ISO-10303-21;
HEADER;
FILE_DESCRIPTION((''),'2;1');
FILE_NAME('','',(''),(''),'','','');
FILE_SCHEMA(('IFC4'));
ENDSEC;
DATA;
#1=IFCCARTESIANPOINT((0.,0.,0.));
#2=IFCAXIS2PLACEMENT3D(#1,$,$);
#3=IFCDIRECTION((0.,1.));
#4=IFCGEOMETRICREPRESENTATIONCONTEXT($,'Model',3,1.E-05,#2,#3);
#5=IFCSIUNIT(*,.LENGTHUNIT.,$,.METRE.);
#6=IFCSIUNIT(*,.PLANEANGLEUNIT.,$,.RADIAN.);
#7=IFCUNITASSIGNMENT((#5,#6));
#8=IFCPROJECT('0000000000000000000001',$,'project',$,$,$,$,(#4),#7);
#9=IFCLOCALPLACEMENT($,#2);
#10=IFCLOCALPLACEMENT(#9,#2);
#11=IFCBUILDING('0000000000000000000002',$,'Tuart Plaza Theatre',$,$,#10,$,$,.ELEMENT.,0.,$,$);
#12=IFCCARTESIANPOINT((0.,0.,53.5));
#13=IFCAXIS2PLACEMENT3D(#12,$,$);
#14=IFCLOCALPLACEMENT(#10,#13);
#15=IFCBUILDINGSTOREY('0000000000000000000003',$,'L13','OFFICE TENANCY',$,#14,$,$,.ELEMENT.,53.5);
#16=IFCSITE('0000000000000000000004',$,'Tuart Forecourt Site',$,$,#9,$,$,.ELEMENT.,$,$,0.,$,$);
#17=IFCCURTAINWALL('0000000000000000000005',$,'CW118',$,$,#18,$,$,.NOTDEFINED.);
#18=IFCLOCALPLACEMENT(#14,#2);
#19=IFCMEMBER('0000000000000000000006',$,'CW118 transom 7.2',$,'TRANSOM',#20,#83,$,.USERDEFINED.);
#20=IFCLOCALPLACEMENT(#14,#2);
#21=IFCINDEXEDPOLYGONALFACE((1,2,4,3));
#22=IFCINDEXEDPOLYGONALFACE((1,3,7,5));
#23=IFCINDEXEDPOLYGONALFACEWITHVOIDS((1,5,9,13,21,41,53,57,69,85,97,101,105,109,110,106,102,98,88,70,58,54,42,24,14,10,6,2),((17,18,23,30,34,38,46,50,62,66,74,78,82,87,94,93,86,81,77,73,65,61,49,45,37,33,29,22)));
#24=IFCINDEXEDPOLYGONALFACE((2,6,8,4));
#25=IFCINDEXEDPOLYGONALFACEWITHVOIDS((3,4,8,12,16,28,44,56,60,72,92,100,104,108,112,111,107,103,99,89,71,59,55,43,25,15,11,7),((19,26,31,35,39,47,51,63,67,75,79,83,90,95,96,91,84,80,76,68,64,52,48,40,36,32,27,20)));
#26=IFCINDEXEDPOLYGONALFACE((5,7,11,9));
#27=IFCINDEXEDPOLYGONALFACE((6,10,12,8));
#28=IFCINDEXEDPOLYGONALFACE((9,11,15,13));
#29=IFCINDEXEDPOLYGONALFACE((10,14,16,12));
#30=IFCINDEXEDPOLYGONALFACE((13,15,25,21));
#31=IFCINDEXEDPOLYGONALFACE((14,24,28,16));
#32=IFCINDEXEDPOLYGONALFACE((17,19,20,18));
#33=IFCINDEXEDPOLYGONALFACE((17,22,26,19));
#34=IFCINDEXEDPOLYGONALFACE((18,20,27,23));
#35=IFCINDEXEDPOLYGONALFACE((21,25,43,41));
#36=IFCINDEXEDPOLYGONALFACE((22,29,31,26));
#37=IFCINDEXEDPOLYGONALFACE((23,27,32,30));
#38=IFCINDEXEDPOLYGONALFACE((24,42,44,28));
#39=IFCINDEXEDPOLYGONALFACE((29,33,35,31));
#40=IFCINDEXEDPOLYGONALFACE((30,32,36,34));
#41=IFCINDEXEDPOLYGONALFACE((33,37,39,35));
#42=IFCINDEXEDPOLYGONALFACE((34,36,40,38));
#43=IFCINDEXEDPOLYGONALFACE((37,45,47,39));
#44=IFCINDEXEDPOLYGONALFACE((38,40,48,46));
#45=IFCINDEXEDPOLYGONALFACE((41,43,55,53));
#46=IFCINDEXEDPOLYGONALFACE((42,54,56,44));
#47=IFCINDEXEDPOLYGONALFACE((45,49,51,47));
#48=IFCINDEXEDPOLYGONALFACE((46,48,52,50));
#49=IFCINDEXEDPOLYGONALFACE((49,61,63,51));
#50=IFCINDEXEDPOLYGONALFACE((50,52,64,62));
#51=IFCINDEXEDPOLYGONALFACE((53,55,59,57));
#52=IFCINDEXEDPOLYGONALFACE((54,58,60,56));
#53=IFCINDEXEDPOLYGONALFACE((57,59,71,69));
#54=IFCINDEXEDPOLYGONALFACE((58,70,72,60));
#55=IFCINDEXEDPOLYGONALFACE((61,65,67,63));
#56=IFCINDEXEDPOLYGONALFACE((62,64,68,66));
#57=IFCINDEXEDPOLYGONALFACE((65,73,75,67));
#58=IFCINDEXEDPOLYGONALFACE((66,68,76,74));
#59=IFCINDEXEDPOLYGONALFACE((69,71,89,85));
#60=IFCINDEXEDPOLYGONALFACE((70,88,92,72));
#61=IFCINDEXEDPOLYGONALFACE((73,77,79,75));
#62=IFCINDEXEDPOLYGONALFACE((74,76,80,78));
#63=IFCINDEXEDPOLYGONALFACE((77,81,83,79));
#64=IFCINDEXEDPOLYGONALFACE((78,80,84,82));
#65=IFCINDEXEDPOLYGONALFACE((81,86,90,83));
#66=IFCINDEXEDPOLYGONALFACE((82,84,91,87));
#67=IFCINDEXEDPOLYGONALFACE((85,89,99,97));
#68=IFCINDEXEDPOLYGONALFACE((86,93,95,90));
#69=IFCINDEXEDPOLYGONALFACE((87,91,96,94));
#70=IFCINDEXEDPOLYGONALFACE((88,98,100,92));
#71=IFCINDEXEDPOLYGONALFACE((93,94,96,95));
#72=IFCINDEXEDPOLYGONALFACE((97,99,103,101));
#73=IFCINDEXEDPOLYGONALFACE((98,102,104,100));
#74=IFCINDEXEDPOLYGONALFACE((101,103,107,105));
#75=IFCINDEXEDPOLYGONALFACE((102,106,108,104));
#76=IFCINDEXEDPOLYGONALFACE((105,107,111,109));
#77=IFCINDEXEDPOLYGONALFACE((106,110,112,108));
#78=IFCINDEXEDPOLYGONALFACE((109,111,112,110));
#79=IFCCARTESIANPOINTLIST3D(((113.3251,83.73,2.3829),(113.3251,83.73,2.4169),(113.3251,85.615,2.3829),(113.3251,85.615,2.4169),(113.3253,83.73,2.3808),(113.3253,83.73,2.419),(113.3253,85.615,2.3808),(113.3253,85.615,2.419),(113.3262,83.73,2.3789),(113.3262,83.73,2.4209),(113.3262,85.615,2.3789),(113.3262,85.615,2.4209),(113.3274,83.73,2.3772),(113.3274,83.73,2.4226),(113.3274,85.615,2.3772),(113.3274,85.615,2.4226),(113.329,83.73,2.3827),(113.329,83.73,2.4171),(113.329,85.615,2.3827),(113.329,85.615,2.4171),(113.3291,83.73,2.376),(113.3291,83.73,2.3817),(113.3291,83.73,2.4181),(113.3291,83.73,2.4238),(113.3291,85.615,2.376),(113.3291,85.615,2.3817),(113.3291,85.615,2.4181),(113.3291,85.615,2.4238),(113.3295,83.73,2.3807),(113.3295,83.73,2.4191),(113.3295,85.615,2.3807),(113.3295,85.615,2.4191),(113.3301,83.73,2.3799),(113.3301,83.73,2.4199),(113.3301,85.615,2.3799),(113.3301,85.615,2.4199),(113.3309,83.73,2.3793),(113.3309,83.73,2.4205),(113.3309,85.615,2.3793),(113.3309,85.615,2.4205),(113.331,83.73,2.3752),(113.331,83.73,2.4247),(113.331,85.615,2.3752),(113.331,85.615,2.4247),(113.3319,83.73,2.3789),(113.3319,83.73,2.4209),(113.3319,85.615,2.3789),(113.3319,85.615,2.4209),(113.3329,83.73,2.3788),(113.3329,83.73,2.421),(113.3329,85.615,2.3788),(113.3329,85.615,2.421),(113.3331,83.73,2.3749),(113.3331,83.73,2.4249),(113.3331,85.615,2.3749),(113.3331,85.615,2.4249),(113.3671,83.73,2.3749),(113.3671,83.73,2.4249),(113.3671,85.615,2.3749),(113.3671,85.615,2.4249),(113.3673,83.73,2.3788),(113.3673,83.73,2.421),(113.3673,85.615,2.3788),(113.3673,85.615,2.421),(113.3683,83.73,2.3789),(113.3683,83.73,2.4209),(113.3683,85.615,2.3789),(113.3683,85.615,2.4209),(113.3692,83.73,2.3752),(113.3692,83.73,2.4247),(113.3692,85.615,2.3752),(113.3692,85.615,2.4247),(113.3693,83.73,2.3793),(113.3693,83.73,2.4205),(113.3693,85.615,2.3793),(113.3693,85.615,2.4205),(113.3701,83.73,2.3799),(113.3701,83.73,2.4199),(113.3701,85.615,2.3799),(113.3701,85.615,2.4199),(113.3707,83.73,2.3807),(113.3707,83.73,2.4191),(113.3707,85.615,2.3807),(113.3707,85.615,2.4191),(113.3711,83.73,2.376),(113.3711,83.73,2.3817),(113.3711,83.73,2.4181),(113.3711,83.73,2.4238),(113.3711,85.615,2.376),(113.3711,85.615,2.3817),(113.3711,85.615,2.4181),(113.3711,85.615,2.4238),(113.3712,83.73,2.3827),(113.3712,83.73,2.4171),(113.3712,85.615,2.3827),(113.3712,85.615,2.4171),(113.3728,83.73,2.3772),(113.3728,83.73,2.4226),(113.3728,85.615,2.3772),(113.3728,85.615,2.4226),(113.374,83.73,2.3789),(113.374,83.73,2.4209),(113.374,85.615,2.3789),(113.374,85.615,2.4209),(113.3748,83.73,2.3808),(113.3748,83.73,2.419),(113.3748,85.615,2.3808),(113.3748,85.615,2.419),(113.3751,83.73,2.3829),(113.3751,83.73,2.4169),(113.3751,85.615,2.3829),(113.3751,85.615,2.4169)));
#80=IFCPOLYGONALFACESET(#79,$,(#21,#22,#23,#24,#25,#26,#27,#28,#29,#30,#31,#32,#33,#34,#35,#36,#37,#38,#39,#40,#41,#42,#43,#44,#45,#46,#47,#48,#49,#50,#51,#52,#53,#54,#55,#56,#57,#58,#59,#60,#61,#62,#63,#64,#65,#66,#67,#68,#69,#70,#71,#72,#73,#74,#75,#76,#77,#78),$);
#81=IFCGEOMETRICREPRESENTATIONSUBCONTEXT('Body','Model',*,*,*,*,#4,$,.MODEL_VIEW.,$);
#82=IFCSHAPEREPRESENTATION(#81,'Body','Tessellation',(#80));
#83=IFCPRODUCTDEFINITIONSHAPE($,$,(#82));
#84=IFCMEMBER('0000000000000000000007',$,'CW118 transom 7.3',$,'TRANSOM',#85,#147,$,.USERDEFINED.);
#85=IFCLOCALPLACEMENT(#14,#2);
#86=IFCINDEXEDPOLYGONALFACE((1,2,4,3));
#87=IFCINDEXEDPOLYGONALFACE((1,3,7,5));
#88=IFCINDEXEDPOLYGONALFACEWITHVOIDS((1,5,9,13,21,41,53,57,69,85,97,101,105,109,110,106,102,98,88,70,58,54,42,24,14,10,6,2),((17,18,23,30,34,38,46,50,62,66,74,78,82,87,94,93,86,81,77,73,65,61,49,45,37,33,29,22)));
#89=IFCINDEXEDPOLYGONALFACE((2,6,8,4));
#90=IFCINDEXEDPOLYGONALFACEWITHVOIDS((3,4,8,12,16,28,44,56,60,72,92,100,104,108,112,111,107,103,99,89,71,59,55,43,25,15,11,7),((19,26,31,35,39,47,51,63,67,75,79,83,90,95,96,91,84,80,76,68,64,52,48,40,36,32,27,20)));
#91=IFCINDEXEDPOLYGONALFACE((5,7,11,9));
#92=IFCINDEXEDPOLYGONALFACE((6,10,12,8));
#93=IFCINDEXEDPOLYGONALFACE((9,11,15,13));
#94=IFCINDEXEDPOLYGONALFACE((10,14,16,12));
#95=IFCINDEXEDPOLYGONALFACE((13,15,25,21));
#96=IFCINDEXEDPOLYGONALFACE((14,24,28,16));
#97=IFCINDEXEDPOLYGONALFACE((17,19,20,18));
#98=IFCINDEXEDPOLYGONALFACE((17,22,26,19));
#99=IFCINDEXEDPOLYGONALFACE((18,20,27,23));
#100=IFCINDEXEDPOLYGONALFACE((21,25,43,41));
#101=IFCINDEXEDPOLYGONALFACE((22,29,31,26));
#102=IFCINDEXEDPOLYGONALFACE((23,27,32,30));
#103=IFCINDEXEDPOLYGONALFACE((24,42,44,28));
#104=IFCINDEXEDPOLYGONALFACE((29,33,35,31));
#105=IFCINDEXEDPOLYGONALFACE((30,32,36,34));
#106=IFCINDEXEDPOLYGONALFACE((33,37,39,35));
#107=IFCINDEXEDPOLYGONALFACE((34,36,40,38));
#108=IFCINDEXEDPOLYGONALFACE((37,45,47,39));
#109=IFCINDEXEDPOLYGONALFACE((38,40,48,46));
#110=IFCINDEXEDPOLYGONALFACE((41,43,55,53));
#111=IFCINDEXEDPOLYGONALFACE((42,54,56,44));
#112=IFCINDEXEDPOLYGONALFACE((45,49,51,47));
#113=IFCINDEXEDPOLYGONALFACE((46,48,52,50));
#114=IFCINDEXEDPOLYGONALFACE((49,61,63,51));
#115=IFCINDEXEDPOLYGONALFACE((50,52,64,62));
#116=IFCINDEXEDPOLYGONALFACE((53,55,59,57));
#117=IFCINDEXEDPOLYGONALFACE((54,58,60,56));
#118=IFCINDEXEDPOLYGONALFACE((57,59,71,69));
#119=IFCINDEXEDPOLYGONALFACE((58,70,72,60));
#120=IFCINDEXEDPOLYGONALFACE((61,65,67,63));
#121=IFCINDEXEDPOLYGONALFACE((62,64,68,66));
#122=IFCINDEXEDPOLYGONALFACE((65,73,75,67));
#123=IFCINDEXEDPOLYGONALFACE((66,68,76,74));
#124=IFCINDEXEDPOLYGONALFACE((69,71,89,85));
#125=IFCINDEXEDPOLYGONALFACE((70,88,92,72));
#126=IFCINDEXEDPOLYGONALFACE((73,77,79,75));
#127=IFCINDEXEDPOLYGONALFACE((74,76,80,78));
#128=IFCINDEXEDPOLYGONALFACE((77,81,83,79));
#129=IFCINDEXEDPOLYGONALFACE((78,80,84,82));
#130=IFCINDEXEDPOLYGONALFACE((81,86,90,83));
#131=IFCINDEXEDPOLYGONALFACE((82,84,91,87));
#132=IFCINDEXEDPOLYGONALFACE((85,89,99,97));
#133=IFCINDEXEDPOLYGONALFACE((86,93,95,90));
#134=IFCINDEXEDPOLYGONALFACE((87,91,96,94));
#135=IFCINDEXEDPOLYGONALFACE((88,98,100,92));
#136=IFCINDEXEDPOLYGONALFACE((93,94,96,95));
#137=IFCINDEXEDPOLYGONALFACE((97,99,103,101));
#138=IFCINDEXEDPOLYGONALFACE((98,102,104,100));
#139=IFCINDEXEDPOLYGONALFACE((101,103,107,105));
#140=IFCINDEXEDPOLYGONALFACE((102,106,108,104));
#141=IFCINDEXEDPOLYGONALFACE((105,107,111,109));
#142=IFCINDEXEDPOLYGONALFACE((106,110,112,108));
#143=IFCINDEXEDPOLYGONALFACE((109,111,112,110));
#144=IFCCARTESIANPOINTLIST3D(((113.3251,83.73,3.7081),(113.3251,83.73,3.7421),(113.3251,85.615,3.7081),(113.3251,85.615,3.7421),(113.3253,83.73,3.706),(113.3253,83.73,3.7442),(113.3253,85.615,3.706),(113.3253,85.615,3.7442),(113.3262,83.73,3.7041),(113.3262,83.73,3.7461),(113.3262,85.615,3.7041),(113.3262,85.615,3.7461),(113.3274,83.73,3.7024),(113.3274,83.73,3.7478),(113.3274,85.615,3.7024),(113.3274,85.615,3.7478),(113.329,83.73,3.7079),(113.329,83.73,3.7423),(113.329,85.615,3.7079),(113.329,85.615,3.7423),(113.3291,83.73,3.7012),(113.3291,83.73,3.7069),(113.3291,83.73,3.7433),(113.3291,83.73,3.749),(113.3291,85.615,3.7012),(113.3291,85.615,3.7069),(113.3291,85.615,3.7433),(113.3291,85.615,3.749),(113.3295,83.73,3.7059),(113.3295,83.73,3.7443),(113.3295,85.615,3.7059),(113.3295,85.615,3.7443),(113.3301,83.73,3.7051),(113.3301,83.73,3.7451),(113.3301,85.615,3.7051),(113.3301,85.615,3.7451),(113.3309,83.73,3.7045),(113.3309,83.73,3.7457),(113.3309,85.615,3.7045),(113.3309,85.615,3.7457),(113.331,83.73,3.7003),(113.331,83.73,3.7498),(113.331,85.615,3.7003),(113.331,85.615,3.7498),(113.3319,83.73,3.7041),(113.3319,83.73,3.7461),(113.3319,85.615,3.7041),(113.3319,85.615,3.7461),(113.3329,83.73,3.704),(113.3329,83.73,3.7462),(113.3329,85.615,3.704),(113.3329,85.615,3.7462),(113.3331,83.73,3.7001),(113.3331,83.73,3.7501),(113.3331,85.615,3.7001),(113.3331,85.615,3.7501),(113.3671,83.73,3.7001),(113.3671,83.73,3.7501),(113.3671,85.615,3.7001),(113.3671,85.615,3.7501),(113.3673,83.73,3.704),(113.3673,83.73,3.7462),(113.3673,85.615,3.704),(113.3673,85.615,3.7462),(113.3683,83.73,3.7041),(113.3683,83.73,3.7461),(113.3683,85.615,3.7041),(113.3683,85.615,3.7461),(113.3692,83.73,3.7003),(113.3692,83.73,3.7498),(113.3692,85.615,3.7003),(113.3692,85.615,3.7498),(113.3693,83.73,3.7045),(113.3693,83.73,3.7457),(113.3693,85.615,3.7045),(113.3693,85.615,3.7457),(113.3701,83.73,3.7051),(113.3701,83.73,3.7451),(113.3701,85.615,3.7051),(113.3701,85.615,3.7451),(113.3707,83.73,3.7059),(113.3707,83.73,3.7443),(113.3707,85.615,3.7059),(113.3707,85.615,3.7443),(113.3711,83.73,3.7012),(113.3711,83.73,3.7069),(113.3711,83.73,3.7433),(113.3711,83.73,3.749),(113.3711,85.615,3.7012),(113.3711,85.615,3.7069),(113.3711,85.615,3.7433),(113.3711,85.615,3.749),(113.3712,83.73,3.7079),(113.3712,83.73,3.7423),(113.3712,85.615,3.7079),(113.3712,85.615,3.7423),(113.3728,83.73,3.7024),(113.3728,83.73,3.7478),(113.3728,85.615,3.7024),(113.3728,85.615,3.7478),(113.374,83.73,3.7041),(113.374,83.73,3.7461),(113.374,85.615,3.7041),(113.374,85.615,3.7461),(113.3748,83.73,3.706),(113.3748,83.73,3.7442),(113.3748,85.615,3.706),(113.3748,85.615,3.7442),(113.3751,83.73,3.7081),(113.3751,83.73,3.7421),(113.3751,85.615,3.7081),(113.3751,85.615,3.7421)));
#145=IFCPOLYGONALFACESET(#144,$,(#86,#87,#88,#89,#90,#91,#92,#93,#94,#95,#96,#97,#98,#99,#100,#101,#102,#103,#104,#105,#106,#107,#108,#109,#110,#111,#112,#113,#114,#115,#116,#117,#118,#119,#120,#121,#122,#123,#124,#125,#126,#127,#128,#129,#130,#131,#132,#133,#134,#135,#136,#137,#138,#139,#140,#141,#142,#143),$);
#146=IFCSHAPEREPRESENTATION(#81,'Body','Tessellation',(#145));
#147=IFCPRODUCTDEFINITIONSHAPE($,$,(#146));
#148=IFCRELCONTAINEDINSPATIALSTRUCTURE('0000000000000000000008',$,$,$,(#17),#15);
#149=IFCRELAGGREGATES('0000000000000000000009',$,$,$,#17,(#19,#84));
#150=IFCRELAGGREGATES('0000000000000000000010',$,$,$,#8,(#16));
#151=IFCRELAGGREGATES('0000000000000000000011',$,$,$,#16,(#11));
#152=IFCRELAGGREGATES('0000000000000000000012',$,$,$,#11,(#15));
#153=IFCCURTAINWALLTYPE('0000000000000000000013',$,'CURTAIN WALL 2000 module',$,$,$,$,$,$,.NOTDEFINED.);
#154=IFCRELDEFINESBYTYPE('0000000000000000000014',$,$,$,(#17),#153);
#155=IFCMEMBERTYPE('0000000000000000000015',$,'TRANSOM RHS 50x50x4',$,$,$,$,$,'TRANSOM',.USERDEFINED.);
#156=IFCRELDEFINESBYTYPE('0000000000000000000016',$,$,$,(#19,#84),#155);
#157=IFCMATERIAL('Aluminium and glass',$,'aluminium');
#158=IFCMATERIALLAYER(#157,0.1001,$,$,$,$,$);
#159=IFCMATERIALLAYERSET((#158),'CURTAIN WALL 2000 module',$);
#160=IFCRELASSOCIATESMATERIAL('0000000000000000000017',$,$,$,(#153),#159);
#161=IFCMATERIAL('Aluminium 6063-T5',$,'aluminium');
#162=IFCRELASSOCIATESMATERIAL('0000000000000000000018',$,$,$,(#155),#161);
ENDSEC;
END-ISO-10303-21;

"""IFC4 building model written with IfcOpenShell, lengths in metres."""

from ifc_helpers import new_model, si_unit, direction, frame, origin, origin_2d, place, context, subcontext, project, spatial, hollow_rectangle, extrude, material, layer, layer_set, material_profile, profile_set, type_object, element, aggregate, save


model = new_model("IFC4")

# Units and contexts
model_context = context("Model", 3, precision=1e-05, world=origin(), true_north=direction((0.0, 1.0)))
body_context = subcontext(model_context, "Body", "Model", "MODEL_VIEW")
ifc_project = project(units=[si_unit("LENGTHUNIT", "METRE"), si_unit("PLANEANGLEUNIT", "RADIAN")], contexts=[model_context])

# Site, building, storey
site_placement = place(None, origin())
site = spatial("IfcSite", under=ifc_project, at=site_placement, Name="Tuart Forecourt Site", CompositionType="ELEMENT", RefElevation=0.0)
building_placement = place(site_placement, origin())
building = spatial("IfcBuilding", under=site, at=building_placement, Name="Tuart Plaza Theatre", CompositionType="ELEMENT", ElevationOfRefHeight=0.0)
storey_placement = place(building_placement, frame((0.0, 0.0, 53.5)))
storey = spatial("IfcBuildingStorey", under=building, at=storey_placement, Name="L13", Description="OFFICE TENANCY", CompositionType="ELEMENT", Elevation=53.5)

# Curtain wall, members
ifc_material_1 = material(Name="Aluminium and glass", Category="aluminium")
ifc_layer_1 = layer(ifc_material_1, 0.1001)
ifc_layer_set_1 = layer_set([ifc_layer_1], Name="CURTAIN WALL 2000 module")
curtain_wall_type = type_object("IfcCurtainWallType", Name="CURTAIN WALL 2000 module", PredefinedType="NOTDEFINED", material=ifc_layer_set_1)
curtain_wall_1_placement = place(storey_placement, origin())
curtain_wall_1 = element("IfcCurtainWall", 1, at=curtain_wall_1_placement, inside=storey, type_object=curtain_wall_type, Name="CW118", PredefinedType="NOTDEFINED")
ifc_material_2 = material(Name="Aluminium 6063-T5", Category="aluminium")
ifc_material_profile_1 = material_profile(ifc_material_2, hollow_rectangle(XDim=0.05, YDim=0.05, WallThickness=0.0039, InnerFilletRadius=0.0039, OuterFilletRadius=0.0081, at=origin_2d()), Name="RHS 50x50x4")
ifc_profile_set_1 = profile_set([ifc_material_profile_1], Name="Aluminium 6063-T5")
member_type_1 = type_object("IfcMemberType", Name="TRANSOM RHS 50x50x4", ElementType="TRANSOM", PredefinedType="USERDEFINED", material=ifc_profile_set_1)
member_1_placement = place(storey_placement, frame((113.3501, 85.615, 2.3999), z_axis=(0.0, -1.0, 0.0), x_axis=(1.0, 0.0, 0.0)))
member_1 = element("IfcMember", 2, at=member_1_placement, type_object=member_type_1, Name="CW118 transom 7.2", ObjectType="TRANSOM", PredefinedType="USERDEFINED", context=body_context, shape_type="SweptSolid", body=[
    extrude(hollow_rectangle(XDim=0.05, YDim=0.05, WallThickness=0.0039, InnerFilletRadius=0.0039, OuterFilletRadius=0.0081, at=origin_2d()), origin(), (0.0, 0.0, 1.0), 1.885),
])
member_2_placement = place(storey_placement, frame((113.3501, 85.615, 3.7251), z_axis=(0.0, -1.0, 0.0), x_axis=(1.0, 0.0, 0.0)))
member_2 = element("IfcMember", 3, at=member_2_placement, type_object=member_type_1, Name="CW118 transom 7.3", ObjectType="TRANSOM", PredefinedType="USERDEFINED", context=body_context, shape_type="SweptSolid", body=[
    extrude(hollow_rectangle(XDim=0.05, YDim=0.05, WallThickness=0.0039, InnerFilletRadius=0.0039, OuterFilletRadius=0.0081, at=origin_2d()), origin(), (0.0, 0.0, 1.0), 1.885),
])

aggregate(curtain_wall_1, [member_1, member_2])

save(model, "model.ifc")
